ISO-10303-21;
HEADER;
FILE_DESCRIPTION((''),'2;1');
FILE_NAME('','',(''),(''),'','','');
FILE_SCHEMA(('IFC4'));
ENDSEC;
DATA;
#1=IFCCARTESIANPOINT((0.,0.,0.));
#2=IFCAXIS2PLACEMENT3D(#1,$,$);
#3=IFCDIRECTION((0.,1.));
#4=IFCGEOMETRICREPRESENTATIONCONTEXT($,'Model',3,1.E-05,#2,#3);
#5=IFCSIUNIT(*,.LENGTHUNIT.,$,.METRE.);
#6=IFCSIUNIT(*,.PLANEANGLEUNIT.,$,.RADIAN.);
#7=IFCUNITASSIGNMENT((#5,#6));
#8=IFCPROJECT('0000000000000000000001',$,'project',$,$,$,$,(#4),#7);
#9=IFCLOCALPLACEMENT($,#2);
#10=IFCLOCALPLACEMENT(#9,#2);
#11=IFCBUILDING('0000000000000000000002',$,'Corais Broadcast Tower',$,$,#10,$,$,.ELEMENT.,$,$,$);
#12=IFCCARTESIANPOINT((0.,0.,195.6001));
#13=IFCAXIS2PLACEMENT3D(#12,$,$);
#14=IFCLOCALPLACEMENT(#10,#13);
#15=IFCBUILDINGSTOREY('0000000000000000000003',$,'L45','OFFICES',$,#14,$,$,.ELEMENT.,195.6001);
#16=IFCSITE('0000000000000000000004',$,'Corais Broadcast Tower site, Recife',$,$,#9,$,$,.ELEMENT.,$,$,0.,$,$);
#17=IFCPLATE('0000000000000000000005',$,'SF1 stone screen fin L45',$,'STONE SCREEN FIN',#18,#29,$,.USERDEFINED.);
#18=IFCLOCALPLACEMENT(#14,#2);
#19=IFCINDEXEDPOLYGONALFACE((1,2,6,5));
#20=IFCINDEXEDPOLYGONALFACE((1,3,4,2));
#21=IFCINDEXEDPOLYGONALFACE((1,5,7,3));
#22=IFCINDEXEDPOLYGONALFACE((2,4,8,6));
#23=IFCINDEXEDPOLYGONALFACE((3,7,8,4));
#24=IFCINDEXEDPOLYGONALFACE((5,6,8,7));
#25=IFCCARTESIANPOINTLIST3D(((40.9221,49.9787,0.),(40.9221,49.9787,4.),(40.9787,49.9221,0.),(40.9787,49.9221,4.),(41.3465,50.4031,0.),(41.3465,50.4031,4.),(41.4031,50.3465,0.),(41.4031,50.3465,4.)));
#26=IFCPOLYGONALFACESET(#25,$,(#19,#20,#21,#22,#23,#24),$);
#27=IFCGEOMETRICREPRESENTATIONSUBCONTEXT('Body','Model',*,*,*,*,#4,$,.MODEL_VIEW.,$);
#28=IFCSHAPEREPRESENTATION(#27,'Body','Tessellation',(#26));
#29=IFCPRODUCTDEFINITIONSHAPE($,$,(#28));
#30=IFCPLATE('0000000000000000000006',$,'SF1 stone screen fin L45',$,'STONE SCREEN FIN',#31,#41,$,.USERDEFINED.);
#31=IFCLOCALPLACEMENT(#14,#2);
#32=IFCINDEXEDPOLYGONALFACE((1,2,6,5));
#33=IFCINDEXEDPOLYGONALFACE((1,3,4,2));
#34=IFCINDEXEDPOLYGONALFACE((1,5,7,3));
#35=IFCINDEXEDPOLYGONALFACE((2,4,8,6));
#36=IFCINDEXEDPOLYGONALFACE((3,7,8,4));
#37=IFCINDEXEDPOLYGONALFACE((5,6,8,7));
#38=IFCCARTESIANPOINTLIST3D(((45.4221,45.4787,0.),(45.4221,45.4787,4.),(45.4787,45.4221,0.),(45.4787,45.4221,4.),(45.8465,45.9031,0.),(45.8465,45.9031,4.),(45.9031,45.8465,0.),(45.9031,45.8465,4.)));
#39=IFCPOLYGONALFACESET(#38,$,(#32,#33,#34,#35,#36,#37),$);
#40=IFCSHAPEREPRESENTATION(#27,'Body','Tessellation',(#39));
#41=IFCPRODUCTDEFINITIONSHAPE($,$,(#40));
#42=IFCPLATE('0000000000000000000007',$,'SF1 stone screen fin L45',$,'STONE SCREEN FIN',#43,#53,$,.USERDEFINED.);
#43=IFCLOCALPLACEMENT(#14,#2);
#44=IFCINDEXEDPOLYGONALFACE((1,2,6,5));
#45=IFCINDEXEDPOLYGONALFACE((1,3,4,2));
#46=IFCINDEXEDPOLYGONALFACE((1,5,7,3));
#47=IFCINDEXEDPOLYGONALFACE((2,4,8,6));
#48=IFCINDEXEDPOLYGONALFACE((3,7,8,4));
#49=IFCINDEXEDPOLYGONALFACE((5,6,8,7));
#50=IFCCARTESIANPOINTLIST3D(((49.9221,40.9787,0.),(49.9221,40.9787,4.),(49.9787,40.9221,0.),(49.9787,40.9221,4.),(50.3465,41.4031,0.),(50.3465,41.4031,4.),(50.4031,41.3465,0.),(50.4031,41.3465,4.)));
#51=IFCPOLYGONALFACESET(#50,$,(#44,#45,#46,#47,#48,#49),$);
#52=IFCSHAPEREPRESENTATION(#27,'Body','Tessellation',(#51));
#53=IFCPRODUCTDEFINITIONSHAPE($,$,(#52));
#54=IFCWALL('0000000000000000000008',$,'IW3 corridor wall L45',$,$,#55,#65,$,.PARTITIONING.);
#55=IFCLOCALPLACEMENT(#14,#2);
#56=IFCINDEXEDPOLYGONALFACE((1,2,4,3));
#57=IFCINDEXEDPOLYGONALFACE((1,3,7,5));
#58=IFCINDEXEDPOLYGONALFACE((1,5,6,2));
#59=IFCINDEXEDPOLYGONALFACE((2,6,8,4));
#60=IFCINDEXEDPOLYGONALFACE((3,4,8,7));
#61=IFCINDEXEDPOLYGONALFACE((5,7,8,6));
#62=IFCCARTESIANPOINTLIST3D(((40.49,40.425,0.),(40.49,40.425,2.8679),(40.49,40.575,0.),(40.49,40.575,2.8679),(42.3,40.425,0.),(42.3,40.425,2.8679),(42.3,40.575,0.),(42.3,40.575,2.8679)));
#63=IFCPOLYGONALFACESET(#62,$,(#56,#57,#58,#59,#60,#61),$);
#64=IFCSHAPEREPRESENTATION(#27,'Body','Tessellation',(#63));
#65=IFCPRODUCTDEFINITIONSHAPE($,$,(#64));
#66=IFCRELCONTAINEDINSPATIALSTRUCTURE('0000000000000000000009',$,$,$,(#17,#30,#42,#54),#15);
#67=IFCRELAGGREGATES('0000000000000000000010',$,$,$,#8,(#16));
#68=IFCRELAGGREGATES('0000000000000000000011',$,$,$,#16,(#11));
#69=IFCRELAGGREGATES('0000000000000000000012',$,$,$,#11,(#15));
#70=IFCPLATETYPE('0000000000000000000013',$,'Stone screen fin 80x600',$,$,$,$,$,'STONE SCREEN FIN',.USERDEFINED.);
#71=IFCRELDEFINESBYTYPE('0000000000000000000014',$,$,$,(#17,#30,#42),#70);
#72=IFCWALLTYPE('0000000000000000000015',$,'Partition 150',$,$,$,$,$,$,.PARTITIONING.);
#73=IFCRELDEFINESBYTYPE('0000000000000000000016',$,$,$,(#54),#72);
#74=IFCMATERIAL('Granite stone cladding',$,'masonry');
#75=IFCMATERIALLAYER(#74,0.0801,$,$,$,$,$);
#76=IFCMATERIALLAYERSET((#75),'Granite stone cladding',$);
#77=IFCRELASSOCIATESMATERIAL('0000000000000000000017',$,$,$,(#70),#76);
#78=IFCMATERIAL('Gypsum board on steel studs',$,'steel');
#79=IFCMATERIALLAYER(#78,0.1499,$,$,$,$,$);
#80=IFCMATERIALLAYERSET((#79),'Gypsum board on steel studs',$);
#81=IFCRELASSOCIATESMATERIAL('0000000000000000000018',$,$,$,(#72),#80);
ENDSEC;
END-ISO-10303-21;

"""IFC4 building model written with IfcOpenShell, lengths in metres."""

from ifc_helpers import new_model, si_unit, direction, frame, frame_2d, origin, origin_2d, place, context, subcontext, project, spatial, rectangle, extrude, material, layer, layer_set, type_object, element, save


model = new_model("IFC4")

# Units and contexts
model_context = context("Model", 3, precision=1e-05, world=origin(), true_north=direction((0.0, 1.0)))
body_context = subcontext(model_context, "Body", "Model", "MODEL_VIEW")
ifc_project = project(units=[si_unit("LENGTHUNIT", "METRE"), si_unit("PLANEANGLEUNIT", "RADIAN")], contexts=[model_context])

# Site, building, storey
site_placement = place(None, origin())
site = spatial("IfcSite", under=ifc_project, at=site_placement, Name="Corais Broadcast Tower site, Recife", CompositionType="ELEMENT", RefElevation=0.0)
building_placement = place(site_placement, origin())
building = spatial("IfcBuilding", under=site, at=building_placement, Name="Corais Broadcast Tower", CompositionType="ELEMENT")
storey_placement = place(building_placement, frame((0.0, 0.0, 195.6001)))
storey = spatial("IfcBuildingStorey", under=building, at=storey_placement, Name="L45", Description="OFFICES", CompositionType="ELEMENT", Elevation=195.6001)

# Plates
ifc_material_1 = material(Name="Granite stone cladding", Category="masonry")
ifc_layer_1 = layer(ifc_material_1, 0.0801)
ifc_layer_set_1 = layer_set([ifc_layer_1], Name="Granite stone cladding")
plate_type_1 = type_object("IfcPlateType", Name="Stone screen fin 80x600", ElementType="STONE SCREEN FIN", PredefinedType="USERDEFINED", material=ifc_layer_set_1)
for number, where, z_axis, x_axis, name in (
    (1, (41.1626, 50.1626, 0.0), (0.0, 0.0, 1.0), (0.707107, -0.707107, 0.0), "SF1 stone screen fin L45"),
    (2, (45.6626, 45.6626, 0.0), (0.0, 0.0, 1.0), (0.707107, -0.707107, 0.0), "SF1 stone screen fin L45"),
    (3, (50.1626, 41.1626, 0.0), (0.0, 0.0, 1.0), (0.707107, -0.707107, 0.0), "SF1 stone screen fin L45"),
):
    element("IfcPlate", number, at=place(storey_placement, frame(where, z_axis=z_axis, x_axis=x_axis)), inside=storey, type_object=plate_type_1, Name=name, ObjectType="STONE SCREEN FIN", PredefinedType="USERDEFINED", context=body_context, shape_type="SweptSolid", body=[
        extrude(rectangle(XDim=0.0801, YDim=0.6001, at=origin_2d()), origin(), (0.0, 0.0, 1.0), 4.0),
    ])

# Wall
ifc_material_2 = material(Name="Gypsum board on steel studs", Category="steel")
ifc_layer_2 = layer(ifc_material_2, 0.1499)
ifc_layer_set_2 = layer_set([ifc_layer_2], Name="Gypsum board on steel studs")
wall_type = type_object("IfcWallType", Name="Partition 150", PredefinedType="PARTITIONING", material=ifc_layer_set_2)
wall_placement = place(storey_placement, frame((42.3, 40.5, 0.0), z_axis=(0.0, 0.0, 1.0), x_axis=(-1.0, 0.0, 0.0)))
element("IfcWall", 4, at=wall_placement, inside=storey, type_object=wall_type, Name="IW3 corridor wall L45", PredefinedType="PARTITIONING", context=body_context, shape_type="SweptSolid", body=[
    extrude(rectangle(XDim=1.8101, YDim=0.1499, at=frame_2d((0.905, 0.0))), origin(), (0.0, 0.0, 1.0), 2.8679),
])

save(model, "model.ifc")
